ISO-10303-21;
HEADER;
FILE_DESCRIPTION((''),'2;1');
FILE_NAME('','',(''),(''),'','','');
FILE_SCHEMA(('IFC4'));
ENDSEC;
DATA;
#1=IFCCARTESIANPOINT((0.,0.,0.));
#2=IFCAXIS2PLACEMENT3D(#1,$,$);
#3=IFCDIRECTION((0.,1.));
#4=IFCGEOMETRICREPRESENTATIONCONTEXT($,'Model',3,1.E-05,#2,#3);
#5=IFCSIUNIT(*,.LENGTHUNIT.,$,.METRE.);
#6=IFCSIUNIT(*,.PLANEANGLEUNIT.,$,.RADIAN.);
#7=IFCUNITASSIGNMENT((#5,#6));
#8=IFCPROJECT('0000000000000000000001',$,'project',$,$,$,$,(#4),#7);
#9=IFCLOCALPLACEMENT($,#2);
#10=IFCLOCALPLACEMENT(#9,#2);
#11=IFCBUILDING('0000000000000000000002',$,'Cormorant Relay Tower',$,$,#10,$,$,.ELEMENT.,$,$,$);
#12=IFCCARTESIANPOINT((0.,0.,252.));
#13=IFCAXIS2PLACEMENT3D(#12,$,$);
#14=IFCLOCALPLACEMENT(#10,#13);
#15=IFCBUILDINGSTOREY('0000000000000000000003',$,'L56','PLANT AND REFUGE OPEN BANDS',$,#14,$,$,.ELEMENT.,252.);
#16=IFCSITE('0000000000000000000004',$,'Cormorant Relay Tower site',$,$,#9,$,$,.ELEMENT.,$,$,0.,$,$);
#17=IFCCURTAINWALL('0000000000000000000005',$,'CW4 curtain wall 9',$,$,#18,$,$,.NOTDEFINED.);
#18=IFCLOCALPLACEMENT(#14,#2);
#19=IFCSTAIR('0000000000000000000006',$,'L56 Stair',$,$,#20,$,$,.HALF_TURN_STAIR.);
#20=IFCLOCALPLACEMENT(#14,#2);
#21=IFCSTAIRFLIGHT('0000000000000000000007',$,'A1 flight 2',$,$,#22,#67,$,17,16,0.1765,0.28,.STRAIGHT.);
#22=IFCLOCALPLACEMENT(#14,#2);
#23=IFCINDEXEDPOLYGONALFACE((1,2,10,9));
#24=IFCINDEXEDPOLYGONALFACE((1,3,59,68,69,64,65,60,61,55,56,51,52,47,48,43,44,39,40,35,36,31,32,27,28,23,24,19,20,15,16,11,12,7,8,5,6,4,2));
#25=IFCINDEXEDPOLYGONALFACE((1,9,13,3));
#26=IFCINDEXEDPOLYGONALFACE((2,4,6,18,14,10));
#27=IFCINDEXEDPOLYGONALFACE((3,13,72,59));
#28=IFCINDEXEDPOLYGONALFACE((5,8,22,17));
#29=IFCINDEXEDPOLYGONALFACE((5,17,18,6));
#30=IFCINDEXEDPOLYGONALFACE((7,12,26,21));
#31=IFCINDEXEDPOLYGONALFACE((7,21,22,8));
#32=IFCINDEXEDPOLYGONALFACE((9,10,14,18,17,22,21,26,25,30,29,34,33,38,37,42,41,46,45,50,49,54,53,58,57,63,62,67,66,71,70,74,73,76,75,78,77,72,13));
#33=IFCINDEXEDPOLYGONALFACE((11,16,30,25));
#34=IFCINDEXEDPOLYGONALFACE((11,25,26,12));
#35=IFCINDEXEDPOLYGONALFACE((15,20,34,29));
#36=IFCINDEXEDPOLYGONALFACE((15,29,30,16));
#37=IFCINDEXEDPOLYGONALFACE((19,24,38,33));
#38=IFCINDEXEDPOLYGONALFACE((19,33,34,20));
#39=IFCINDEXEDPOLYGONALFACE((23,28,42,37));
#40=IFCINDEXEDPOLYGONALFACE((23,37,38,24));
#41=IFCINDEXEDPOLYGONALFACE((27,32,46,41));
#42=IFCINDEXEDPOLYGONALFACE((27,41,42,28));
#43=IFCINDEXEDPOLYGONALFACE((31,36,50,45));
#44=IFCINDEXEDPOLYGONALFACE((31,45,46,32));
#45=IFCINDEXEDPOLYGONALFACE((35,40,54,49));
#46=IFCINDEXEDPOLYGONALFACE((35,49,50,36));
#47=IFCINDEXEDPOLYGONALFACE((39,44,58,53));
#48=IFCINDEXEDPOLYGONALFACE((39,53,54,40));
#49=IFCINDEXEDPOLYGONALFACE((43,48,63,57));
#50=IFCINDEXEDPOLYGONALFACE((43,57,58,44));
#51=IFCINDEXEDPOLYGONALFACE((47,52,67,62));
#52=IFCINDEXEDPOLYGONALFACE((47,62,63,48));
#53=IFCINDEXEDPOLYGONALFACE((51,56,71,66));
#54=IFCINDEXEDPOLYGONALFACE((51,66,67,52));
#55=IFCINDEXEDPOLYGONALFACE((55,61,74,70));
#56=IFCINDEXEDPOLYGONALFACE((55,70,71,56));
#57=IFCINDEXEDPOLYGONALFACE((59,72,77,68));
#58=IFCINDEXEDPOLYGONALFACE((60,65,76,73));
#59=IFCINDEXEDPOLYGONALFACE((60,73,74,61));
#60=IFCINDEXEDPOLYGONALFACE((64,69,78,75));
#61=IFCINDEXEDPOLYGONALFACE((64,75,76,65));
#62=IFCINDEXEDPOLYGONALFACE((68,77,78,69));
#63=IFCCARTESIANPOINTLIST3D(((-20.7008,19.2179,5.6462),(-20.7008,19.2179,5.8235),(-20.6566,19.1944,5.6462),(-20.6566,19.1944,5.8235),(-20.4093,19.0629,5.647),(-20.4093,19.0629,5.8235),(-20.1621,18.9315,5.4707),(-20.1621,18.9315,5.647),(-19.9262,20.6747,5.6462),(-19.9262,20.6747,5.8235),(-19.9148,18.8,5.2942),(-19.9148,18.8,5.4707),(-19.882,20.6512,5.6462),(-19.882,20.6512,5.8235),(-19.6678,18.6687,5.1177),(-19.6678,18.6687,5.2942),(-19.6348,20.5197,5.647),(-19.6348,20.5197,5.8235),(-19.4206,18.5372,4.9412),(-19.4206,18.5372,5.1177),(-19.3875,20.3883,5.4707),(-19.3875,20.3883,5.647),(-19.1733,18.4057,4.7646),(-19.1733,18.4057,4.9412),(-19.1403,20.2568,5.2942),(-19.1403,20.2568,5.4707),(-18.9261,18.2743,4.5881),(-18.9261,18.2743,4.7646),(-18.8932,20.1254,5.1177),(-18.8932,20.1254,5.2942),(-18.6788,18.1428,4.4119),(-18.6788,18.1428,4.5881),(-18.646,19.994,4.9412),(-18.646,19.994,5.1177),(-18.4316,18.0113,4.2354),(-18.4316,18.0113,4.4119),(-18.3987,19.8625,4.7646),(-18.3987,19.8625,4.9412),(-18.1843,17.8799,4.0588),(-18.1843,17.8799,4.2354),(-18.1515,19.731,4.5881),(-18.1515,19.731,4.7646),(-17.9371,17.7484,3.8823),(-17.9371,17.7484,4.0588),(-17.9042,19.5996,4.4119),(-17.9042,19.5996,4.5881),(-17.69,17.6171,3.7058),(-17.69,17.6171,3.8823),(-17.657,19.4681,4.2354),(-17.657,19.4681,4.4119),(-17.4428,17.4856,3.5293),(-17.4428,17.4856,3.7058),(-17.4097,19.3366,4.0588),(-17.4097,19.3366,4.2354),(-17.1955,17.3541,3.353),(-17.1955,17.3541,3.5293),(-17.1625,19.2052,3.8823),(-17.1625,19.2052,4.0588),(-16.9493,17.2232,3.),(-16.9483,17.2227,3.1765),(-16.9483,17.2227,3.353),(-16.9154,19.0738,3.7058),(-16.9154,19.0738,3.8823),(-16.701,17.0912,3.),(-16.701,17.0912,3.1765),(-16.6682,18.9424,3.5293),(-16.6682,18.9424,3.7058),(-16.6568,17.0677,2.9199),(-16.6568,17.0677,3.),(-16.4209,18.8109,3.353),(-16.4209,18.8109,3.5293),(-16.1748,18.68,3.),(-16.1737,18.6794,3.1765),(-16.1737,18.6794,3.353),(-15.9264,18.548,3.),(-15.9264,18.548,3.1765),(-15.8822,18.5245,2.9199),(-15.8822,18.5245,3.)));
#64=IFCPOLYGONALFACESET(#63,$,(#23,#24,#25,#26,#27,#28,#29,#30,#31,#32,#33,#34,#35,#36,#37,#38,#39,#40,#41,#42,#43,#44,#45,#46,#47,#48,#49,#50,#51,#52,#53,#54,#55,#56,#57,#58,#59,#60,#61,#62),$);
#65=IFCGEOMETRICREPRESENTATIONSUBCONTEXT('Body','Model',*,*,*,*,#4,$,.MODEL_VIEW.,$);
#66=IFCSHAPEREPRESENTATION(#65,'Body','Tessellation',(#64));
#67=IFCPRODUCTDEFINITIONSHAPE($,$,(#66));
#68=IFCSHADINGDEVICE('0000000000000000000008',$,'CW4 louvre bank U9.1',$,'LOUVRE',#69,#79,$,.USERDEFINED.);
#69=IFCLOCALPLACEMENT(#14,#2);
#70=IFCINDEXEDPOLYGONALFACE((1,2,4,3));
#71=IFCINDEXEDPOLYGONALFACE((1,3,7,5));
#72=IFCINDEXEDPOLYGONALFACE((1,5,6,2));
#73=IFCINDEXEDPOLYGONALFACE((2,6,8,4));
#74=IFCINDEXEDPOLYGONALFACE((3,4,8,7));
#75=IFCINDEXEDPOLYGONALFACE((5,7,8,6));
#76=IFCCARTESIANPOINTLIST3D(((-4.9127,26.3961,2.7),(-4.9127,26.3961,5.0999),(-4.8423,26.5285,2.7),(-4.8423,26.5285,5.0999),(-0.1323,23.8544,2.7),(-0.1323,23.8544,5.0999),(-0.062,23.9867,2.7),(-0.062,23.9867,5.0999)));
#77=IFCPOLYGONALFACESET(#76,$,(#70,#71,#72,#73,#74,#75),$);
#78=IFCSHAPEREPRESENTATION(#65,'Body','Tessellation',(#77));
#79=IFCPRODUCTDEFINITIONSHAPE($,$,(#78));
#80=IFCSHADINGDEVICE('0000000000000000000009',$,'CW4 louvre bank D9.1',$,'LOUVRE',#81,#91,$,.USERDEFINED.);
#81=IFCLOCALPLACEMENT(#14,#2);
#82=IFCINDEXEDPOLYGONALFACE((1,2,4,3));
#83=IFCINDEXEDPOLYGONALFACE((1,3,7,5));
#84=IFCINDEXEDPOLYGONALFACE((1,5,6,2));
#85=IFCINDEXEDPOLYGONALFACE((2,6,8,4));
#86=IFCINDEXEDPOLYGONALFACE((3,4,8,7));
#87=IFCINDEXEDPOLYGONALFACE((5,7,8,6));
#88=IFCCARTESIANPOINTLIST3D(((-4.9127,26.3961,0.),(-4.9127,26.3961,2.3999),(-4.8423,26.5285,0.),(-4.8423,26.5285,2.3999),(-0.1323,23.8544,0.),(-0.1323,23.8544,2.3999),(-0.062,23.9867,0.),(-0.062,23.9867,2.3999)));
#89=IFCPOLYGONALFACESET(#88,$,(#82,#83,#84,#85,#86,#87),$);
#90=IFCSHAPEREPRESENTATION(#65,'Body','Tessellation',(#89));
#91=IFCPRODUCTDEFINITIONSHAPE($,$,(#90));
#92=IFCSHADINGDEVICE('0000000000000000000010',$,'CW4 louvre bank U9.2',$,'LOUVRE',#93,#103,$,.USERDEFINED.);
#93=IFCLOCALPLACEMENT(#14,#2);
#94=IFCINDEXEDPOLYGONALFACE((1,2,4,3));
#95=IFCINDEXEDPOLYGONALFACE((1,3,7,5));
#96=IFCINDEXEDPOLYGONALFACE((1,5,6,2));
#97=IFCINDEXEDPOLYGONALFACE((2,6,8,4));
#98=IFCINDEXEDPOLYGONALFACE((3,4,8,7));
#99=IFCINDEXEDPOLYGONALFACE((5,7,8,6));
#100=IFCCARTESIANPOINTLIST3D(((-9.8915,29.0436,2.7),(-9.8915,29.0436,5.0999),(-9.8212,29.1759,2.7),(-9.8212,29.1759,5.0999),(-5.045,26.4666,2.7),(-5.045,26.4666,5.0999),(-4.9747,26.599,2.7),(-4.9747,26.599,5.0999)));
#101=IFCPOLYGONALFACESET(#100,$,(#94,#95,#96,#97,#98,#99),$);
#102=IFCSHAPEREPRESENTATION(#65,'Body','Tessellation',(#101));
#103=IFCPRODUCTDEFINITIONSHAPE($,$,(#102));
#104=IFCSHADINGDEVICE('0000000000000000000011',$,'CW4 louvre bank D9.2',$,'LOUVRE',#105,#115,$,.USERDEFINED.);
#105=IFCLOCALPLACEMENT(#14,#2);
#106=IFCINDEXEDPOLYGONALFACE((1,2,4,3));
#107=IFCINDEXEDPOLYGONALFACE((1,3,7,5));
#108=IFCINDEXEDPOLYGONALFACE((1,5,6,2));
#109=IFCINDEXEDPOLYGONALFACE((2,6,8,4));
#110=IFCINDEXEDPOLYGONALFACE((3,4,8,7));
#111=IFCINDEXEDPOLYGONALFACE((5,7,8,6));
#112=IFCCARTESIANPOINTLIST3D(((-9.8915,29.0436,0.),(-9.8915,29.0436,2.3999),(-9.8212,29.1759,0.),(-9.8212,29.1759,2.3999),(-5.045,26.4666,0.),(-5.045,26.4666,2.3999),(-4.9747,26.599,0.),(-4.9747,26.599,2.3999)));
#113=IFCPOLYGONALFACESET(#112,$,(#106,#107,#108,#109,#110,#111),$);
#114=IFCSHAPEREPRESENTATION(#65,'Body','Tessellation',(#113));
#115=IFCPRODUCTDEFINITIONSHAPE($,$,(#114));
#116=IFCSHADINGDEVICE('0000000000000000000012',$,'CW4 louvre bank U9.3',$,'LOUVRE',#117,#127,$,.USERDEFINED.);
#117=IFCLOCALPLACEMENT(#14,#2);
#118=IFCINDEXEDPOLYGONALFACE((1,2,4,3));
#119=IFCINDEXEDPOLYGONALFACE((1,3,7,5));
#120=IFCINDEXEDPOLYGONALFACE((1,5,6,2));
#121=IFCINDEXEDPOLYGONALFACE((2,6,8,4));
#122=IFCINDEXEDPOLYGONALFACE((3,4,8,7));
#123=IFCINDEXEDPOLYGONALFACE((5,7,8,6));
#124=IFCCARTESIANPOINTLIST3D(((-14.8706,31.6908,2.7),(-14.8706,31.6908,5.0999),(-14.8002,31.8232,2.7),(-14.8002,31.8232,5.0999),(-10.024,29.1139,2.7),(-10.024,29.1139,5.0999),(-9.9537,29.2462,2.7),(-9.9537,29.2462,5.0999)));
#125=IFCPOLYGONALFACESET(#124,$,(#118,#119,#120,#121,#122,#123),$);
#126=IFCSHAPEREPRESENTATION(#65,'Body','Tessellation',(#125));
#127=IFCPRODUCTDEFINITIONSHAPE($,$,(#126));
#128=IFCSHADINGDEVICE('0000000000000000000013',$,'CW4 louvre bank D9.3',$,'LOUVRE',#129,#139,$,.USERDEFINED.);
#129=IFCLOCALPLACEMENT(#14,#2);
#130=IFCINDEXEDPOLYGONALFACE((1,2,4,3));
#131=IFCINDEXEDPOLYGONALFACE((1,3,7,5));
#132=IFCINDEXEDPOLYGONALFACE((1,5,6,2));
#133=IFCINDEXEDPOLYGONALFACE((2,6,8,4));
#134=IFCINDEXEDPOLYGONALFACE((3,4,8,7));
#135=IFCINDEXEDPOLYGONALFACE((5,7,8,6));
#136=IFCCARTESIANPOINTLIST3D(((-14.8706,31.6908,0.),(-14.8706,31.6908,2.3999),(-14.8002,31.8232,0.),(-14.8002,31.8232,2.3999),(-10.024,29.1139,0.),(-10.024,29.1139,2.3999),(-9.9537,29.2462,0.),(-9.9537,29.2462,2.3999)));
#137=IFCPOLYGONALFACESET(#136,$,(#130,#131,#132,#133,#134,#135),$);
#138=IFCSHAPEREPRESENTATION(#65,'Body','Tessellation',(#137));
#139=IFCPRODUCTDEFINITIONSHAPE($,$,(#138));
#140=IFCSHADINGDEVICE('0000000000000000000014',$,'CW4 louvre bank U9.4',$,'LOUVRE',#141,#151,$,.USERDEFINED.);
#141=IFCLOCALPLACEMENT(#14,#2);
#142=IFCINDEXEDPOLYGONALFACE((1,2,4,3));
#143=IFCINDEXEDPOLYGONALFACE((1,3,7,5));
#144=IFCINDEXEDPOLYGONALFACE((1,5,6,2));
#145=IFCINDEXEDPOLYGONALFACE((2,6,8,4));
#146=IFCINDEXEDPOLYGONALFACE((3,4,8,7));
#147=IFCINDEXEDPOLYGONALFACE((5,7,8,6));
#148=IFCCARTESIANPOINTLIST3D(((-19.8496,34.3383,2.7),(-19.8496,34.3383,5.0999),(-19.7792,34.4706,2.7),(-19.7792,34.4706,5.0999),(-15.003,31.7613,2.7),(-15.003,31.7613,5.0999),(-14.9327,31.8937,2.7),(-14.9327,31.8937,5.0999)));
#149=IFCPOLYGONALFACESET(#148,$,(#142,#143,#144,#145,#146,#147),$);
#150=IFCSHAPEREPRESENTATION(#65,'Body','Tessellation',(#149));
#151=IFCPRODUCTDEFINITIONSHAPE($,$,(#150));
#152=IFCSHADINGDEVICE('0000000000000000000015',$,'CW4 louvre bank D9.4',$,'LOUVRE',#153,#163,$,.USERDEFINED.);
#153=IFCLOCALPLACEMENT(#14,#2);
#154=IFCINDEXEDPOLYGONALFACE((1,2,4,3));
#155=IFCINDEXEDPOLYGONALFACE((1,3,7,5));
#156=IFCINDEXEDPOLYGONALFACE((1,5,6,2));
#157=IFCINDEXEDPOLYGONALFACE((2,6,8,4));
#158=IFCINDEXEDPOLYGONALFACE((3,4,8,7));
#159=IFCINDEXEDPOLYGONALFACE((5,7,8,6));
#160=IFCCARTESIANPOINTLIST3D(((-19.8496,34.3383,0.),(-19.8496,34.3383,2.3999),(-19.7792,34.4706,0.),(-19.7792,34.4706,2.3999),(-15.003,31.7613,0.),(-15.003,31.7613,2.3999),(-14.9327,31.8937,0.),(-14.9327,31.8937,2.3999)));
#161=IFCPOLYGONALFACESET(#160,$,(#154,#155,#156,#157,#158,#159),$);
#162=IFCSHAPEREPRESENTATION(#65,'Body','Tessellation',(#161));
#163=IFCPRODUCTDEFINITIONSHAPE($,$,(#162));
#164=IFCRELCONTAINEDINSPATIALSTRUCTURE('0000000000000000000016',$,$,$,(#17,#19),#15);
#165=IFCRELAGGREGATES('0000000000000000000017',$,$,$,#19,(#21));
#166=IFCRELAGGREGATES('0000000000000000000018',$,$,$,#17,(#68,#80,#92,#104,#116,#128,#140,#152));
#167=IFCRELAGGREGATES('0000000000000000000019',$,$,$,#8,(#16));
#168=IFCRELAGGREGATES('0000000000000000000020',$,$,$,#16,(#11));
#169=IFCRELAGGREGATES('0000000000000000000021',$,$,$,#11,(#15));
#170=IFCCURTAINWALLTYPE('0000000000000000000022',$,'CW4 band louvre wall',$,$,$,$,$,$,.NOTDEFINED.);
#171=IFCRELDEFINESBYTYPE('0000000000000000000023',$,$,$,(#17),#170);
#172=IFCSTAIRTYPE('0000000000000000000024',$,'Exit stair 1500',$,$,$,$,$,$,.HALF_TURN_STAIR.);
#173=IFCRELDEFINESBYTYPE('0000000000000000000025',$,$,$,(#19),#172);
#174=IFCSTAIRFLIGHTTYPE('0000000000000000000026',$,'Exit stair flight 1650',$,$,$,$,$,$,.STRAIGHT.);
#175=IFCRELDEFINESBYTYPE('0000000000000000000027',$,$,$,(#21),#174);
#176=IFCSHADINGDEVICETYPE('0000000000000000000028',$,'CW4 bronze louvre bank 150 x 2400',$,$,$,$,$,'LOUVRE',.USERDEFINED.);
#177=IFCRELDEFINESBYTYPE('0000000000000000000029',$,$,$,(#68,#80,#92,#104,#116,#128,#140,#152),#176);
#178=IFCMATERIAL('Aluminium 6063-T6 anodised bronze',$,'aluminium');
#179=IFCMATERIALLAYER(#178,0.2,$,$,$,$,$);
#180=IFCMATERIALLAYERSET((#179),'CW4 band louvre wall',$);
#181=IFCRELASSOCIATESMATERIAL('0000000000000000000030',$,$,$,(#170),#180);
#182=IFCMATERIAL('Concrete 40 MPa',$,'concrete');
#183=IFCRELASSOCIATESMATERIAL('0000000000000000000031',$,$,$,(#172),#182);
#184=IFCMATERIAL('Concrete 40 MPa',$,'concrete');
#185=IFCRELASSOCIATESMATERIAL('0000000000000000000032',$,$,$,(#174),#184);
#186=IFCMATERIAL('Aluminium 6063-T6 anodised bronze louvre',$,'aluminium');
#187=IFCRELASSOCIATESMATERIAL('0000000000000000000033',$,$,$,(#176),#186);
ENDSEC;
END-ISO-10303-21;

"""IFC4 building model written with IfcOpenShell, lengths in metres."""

from ifc_helpers import new_model, si_unit, direction, frame, origin, origin_2d, place, context, subcontext, project, spatial, polyline, rectangle, outline, extrude, material, layer, layer_set, type_object, element, aggregate, save


model = new_model("IFC4")

# Units and contexts
model_context = context("Model", 3, precision=1e-05, world=origin(), true_north=direction((0.0, 1.0)))
body_context = subcontext(model_context, "Body", "Model", "MODEL_VIEW")
ifc_project = project(units=[si_unit("LENGTHUNIT", "METRE"), si_unit("PLANEANGLEUNIT", "RADIAN")], contexts=[model_context])

# Site, building, storey
site_placement = place(None, origin())
site = spatial("IfcSite", under=ifc_project, at=site_placement, Name="Cormorant Relay Tower site", CompositionType="ELEMENT", RefElevation=0.0)
building_placement = place(site_placement, origin())
building = spatial("IfcBuilding", under=site, at=building_placement, Name="Cormorant Relay Tower", CompositionType="ELEMENT")
storey_placement = place(building_placement, frame((0.0, 0.0, 252.0)))
storey = spatial("IfcBuildingStorey", under=building, at=storey_placement, Name="L56", Description="PLANT AND REFUGE OPEN BANDS", CompositionType="ELEMENT", Elevation=252.0)

# Curtain wall
ifc_material_1 = material(Name="Aluminium 6063-T6 anodised bronze", Category="aluminium")
ifc_layer_1 = layer(ifc_material_1, 0.2)
ifc_layer_set_1 = layer_set([ifc_layer_1], Name="CW4 band louvre wall")
curtain_wall_type = type_object("IfcCurtainWallType", Name="CW4 band louvre wall", PredefinedType="NOTDEFINED", material=ifc_layer_set_1)
curtain_wall_placement = place(storey_placement, origin())
curtain_wall = element("IfcCurtainWall", 1, at=curtain_wall_placement, inside=storey, type_object=curtain_wall_type, Name="CW4 curtain wall 9", PredefinedType="NOTDEFINED")

# Stair, stair flight
ifc_material_2 = material(Name="Concrete 40 MPa", Category="concrete")
stair_type = type_object("IfcStairType", Name="Exit stair 1500", PredefinedType="HALF_TURN_STAIR", material=ifc_material_2)
stair_placement = place(storey_placement, origin())
stair = element("IfcStair", 2, at=stair_placement, inside=storey, type_object=stair_type, Name="L56 Stair", PredefinedType="HALF_TURN_STAIR")
ifc_material_3 = material(Name="Concrete 40 MPa", Category="concrete")
stair_flight_type = type_object("IfcStairFlightType", Name="Exit stair flight 1650", PredefinedType="STRAIGHT", material=ifc_material_3)
stair_flight_1_placement = place(storey_placement, frame((-16.3137, 17.8196, 3.0), z_axis=(0.0, 0.0, 1.0), x_axis=(-0.882948, 0.469472, 0.0)))
stair_flight_1 = element("IfcStairFlight", 3, at=stair_flight_1_placement, type_object=stair_flight_type, Name="A1 flight 2", NumberOfRisers=17, NumberOfTreads=16, PredefinedType="STRAIGHT", RiserHeight=0.1765, TreadLength=0.28, context=body_context, shape_type="SweptSolid", body=[
    extrude(outline(polyline([(-0.05, -0.0801), (-0.05, 0.0), (0.0, 0.0), (0.0, 0.1765), (0.28, 0.1765), (0.28, 0.353), (0.5601, 0.353), (0.5601, 0.5293), (0.8401, 0.5293), (0.8401, 0.7058), (1.1201, 0.7058), (1.1201, 0.8823), (1.3999, 0.8823), (1.3999, 1.0588), (1.6799, 1.0588), (1.6799, 1.2354), (1.96, 1.2354), (1.96, 1.4119), (2.24, 1.4119), (2.24, 1.5881), (2.52, 1.5881), (2.52, 1.7646), (2.8, 1.7646), (2.8, 1.9412), (3.0801, 1.9412), (3.0801, 2.1177), (3.3601, 2.1177), (3.3601, 2.2942), (3.6399, 2.2942), (3.6399, 2.4707), (3.9199, 2.4707), (3.9199, 2.647), (4.2, 2.647), (4.2, 2.8235), (4.48, 2.8235), (4.53, 2.8235), (4.53, 2.6462), (4.48, 2.6462), (0.2812, 0.0), (-0.05, -0.0801)])), frame((0.0, 0.825, 0.0), z_axis=(0.0, -1.0, 0.0), x_axis=(1.0, 0.0, 0.0)), (0.0, 0.0, 1.0), 1.6499),
])
aggregate(stair, [stair_flight_1])

# Shading devices
ifc_material_4 = material(Name="Aluminium 6063-T6 anodised bronze louvre", Category="aluminium")
shading_device_type = type_object("IfcShadingDeviceType", Name="CW4 bronze louvre bank 150 x 2400", ElementType="LOUVRE", PredefinedType="USERDEFINED", material=ifc_material_4)
shading_device_1_placement = place(storey_placement, frame((-2.4873, 25.1914, 2.7), z_axis=(0.0, 0.0, 1.0), x_axis=(-0.882948, 0.469472, 0.0)))
shading_device_1 = element("IfcShadingDevice", 4, at=shading_device_1_placement, type_object=shading_device_type, Name="CW4 louvre bank U9.1", ObjectType="LOUVRE", PredefinedType="USERDEFINED", context=body_context, shape_type="SweptSolid", body=[
    extrude(rectangle(XDim=5.4141, YDim=0.1499, at=origin_2d()), origin(), (0.0, 0.0, 1.0), 2.3999),
])
shading_device_2_placement = place(storey_placement, frame((-2.4873, 25.1914, 0.0), z_axis=(0.0, 0.0, 1.0), x_axis=(-0.882948, 0.469472, 0.0)))
shading_device_2 = element("IfcShadingDevice", 5, at=shading_device_2_placement, type_object=shading_device_type, Name="CW4 louvre bank D9.1", ObjectType="LOUVRE", PredefinedType="USERDEFINED", context=body_context, shape_type="SweptSolid", body=[
    extrude(rectangle(XDim=5.4141, YDim=0.1499, at=origin_2d()), origin(), (0.0, 0.0, 1.0), 2.3999),
])
shading_device_3_placement = place(storey_placement, frame((-7.4331, 27.8213, 2.7), z_axis=(0.0, 0.0, 1.0), x_axis=(-0.882948, 0.469472, 0.0)))
shading_device_3 = element("IfcShadingDevice", 6, at=shading_device_3_placement, type_object=shading_device_type, Name="CW4 louvre bank U9.2", ObjectType="LOUVRE", PredefinedType="USERDEFINED", context=body_context, shape_type="SweptSolid", body=[
    extrude(rectangle(XDim=5.489, YDim=0.1499, at=origin_2d()), origin(), (0.0, 0.0, 1.0), 2.3999),
])
shading_device_4_placement = place(storey_placement, frame((-7.4331, 27.8213, 0.0), z_axis=(0.0, 0.0, 1.0), x_axis=(-0.882948, 0.469472, 0.0)))
shading_device_4 = element("IfcShadingDevice", 7, at=shading_device_4_placement, type_object=shading_device_type, Name="CW4 louvre bank D9.2", ObjectType="LOUVRE", PredefinedType="USERDEFINED", context=body_context, shape_type="SweptSolid", body=[
    extrude(rectangle(XDim=5.489, YDim=0.1499, at=origin_2d()), origin(), (0.0, 0.0, 1.0), 2.3999),
])
shading_device_5_placement = place(storey_placement, frame((-12.4121, 30.4685, 2.7), z_axis=(0.0, 0.0, 1.0), x_axis=(-0.882948, 0.469472, 0.0)))
shading_device_5 = element("IfcShadingDevice", 8, at=shading_device_5_placement, type_object=shading_device_type, Name="CW4 louvre bank U9.3", ObjectType="LOUVRE", PredefinedType="USERDEFINED", context=body_context, shape_type="SweptSolid", body=[
    extrude(rectangle(XDim=5.489, YDim=0.1499, at=origin_2d()), origin(), (0.0, 0.0, 1.0), 2.3999),
])
shading_device_6_placement = place(storey_placement, frame((-12.4121, 30.4685, 0.0), z_axis=(0.0, 0.0, 1.0), x_axis=(-0.882948, 0.469472, 0.0)))
shading_device_6 = element("IfcShadingDevice", 9, at=shading_device_6_placement, type_object=shading_device_type, Name="CW4 louvre bank D9.3", ObjectType="LOUVRE", PredefinedType="USERDEFINED", context=body_context, shape_type="SweptSolid", body=[
    extrude(rectangle(XDim=5.489, YDim=0.1499, at=origin_2d()), origin(), (0.0, 0.0, 1.0), 2.3999),
])
shading_device_7_placement = place(storey_placement, frame((-17.3911, 33.116, 2.7), z_axis=(0.0, 0.0, 1.0), x_axis=(-0.882948, 0.469472, 0.0)))
shading_device_7 = element("IfcShadingDevice", 10, at=shading_device_7_placement, type_object=shading_device_type, Name="CW4 louvre bank U9.4", ObjectType="LOUVRE", PredefinedType="USERDEFINED", context=body_context, shape_type="SweptSolid", body=[
    extrude(rectangle(XDim=5.489, YDim=0.1499, at=origin_2d()), origin(), (0.0, 0.0, 1.0), 2.3999),
])
shading_device_8_placement = place(storey_placement, frame((-17.3911, 33.116, 0.0), z_axis=(0.0, 0.0, 1.0), x_axis=(-0.882948, 0.469472, 0.0)))
shading_device_8 = element("IfcShadingDevice", 11, at=shading_device_8_placement, type_object=shading_device_type, Name="CW4 louvre bank D9.4", ObjectType="LOUVRE", PredefinedType="USERDEFINED", context=body_context, shape_type="SweptSolid", body=[
    extrude(rectangle(XDim=5.489, YDim=0.1499, at=origin_2d()), origin(), (0.0, 0.0, 1.0), 2.3999),
])
aggregate(curtain_wall, [shading_device_1, shading_device_2, shading_device_3, shading_device_4, shading_device_5, shading_device_6, shading_device_7, shading_device_8])

save(model, "model.ifc")
